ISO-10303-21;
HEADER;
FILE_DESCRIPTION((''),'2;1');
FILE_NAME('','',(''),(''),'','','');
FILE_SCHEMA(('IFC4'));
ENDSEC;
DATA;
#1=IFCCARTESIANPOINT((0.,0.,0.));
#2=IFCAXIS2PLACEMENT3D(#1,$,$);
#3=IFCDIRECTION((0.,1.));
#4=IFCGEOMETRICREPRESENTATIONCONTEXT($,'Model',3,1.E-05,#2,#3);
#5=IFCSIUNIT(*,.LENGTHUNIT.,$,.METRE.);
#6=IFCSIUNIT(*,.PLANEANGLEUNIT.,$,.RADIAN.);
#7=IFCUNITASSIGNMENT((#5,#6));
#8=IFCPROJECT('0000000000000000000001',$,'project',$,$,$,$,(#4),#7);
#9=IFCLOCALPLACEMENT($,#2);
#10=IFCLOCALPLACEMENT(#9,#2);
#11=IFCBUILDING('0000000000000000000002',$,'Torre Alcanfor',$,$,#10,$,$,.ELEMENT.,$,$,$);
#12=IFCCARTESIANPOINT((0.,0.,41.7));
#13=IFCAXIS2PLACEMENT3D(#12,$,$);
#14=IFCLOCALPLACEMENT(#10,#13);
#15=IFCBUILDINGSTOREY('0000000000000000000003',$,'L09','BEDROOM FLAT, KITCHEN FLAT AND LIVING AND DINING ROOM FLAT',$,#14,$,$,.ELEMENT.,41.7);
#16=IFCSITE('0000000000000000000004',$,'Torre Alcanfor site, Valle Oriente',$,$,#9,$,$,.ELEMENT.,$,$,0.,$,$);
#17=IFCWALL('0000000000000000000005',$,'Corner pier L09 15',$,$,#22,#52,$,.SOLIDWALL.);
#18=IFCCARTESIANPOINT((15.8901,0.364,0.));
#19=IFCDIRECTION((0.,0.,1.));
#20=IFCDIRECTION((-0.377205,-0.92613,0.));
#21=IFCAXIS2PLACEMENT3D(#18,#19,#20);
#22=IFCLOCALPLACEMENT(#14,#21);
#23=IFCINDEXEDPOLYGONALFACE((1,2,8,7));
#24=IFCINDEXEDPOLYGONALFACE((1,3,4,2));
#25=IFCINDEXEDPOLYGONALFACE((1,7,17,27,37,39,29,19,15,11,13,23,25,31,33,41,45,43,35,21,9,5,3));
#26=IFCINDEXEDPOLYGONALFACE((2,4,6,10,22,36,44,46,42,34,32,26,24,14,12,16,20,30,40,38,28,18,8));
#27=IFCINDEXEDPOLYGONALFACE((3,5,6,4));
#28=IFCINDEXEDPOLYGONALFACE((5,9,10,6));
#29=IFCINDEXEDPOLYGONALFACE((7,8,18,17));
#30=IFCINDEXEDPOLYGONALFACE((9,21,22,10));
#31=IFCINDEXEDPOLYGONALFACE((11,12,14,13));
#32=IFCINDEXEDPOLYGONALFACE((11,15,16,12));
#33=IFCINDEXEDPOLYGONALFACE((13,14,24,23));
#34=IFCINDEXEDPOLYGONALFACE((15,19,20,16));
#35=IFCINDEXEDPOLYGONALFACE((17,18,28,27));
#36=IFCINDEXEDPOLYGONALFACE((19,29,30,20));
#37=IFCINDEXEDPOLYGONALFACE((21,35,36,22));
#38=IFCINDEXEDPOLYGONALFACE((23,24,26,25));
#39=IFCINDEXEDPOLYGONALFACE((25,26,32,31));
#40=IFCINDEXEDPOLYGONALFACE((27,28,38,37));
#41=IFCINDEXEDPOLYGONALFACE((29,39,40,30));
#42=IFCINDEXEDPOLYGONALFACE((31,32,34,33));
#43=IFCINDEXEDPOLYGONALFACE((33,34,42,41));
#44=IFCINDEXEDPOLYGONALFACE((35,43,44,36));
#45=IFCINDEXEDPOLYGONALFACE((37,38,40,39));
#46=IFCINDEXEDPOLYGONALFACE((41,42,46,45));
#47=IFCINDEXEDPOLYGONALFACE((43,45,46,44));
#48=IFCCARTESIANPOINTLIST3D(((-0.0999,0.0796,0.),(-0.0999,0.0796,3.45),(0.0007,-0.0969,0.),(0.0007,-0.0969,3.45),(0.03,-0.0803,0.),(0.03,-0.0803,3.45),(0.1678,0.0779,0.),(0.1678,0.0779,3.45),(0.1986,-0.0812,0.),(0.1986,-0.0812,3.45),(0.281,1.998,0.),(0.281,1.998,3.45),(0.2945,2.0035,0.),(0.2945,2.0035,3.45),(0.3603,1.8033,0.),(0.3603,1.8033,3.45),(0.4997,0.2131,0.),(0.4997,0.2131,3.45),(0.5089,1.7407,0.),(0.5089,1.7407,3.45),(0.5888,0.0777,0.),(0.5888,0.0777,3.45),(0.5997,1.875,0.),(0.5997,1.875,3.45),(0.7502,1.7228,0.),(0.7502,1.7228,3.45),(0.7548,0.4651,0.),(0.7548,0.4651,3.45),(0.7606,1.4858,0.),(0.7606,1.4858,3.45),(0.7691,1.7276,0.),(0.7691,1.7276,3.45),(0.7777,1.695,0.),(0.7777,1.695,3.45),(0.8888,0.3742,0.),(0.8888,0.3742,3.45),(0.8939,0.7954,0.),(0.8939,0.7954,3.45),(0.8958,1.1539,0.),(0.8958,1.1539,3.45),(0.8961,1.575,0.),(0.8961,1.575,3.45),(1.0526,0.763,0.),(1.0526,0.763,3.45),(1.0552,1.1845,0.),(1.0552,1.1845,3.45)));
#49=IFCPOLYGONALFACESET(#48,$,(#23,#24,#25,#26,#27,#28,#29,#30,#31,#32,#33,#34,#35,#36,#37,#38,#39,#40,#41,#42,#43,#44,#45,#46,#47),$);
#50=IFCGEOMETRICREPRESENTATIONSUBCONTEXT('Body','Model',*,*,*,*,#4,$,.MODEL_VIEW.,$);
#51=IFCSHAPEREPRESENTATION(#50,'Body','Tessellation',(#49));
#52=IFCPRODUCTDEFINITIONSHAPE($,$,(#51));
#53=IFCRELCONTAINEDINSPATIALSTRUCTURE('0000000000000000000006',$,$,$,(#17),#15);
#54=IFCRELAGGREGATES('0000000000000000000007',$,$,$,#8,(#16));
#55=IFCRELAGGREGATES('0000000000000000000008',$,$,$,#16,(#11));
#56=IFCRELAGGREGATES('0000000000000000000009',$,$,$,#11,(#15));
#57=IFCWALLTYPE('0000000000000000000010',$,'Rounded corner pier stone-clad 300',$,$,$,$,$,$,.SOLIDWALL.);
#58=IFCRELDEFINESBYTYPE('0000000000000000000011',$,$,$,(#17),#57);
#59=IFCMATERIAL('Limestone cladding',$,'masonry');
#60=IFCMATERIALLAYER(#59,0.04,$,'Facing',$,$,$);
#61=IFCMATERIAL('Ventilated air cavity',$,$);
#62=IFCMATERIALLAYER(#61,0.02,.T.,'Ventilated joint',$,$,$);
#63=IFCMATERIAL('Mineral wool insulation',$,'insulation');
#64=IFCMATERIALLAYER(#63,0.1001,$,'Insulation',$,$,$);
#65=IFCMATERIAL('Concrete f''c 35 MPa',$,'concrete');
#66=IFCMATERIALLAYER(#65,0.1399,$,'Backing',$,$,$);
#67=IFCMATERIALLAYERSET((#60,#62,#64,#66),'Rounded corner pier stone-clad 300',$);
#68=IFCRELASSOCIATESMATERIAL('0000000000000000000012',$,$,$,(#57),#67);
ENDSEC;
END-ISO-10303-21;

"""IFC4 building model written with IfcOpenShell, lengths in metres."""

from ifc_helpers import new_model, si_unit, direction, frame, origin, place, context, subcontext, project, spatial, polyline, outline, extrude, material, layer, layer_set, type_object, element, save


model = new_model("IFC4")

# Units and contexts
model_context = context("Model", 3, precision=1e-05, world=origin(), true_north=direction((0.0, 1.0)))
body_context = subcontext(model_context, "Body", "Model", "MODEL_VIEW")
ifc_project = project(units=[si_unit("LENGTHUNIT", "METRE"), si_unit("PLANEANGLEUNIT", "RADIAN")], contexts=[model_context])

# Site, building, storey
site_placement = place(None, origin())
site = spatial("IfcSite", under=ifc_project, at=site_placement, Name="Torre Alcanfor site, Valle Oriente", CompositionType="ELEMENT", RefElevation=0.0)
building_placement = place(site_placement, origin())
building = spatial("IfcBuilding", under=site, at=building_placement, Name="Torre Alcanfor", CompositionType="ELEMENT")
storey_placement = place(building_placement, frame((0.0, 0.0, 41.7)))
storey = spatial("IfcBuildingStorey", under=building, at=storey_placement, Name="L09", Description="BEDROOM FLAT, KITCHEN FLAT AND LIVING AND DINING ROOM FLAT", CompositionType="ELEMENT", Elevation=41.7)

# Wall
ifc_material_1 = material(Name="Limestone cladding", Category="masonry")
ifc_layer_1 = layer(ifc_material_1, 0.04, Name="Facing")
ifc_material_2 = material(Name="Ventilated air cavity")
ifc_layer_2 = layer(ifc_material_2, 0.02, ventilated=True, Name="Ventilated joint")
ifc_material_3 = material(Name="Mineral wool insulation", Category="insulation")
ifc_layer_3 = layer(ifc_material_3, 0.1001, Name="Insulation")
ifc_material_4 = material(Name="Concrete f'c 35 MPa", Category="concrete")
ifc_layer_4 = layer(ifc_material_4, 0.1399, Name="Backing")
ifc_layer_set_1 = layer_set([ifc_layer_1, ifc_layer_2, ifc_layer_3, ifc_layer_4], Name="Rounded corner pier stone-clad 300")
wall_type = type_object("IfcWallType", Name="Rounded corner pier stone-clad 300", PredefinedType="SOLIDWALL", material=ifc_layer_set_1)
wall_placement = place(storey_placement, frame((15.8901, 0.364, 0.0), z_axis=(0.0, 0.0, 1.0), x_axis=(-0.377205, -0.92613, 0.0)))
element("IfcWall", 1, at=wall_placement, inside=storey, type_object=wall_type, Name="Corner pier L09 15", PredefinedType="SOLIDWALL", context=body_context, shape_type="SweptSolid", body=[
    extrude(outline(polyline([(0.3603, 1.8033), (0.5089, 1.7407), (0.7606, 1.4858), (0.8958, 1.1539), (0.8939, 0.7954), (0.7548, 0.4651), (0.4997, 0.2131), (0.1678, 0.0779), (-0.0999, 0.0796), (0.0007, -0.0969), (0.03, -0.0803), (0.1986, -0.0812), (0.5888, 0.0777), (0.8888, 0.3742), (1.0526, 0.763), (1.0552, 1.1845), (0.8961, 1.575), (0.7777, 1.695), (0.7691, 1.7276), (0.7502, 1.7228), (0.5997, 1.875), (0.2945, 2.0035), (0.281, 1.998), (0.3603, 1.8033)])), origin(), (0.0, 0.0, 1.0), 3.45),
])

save(model, "model.ifc")
